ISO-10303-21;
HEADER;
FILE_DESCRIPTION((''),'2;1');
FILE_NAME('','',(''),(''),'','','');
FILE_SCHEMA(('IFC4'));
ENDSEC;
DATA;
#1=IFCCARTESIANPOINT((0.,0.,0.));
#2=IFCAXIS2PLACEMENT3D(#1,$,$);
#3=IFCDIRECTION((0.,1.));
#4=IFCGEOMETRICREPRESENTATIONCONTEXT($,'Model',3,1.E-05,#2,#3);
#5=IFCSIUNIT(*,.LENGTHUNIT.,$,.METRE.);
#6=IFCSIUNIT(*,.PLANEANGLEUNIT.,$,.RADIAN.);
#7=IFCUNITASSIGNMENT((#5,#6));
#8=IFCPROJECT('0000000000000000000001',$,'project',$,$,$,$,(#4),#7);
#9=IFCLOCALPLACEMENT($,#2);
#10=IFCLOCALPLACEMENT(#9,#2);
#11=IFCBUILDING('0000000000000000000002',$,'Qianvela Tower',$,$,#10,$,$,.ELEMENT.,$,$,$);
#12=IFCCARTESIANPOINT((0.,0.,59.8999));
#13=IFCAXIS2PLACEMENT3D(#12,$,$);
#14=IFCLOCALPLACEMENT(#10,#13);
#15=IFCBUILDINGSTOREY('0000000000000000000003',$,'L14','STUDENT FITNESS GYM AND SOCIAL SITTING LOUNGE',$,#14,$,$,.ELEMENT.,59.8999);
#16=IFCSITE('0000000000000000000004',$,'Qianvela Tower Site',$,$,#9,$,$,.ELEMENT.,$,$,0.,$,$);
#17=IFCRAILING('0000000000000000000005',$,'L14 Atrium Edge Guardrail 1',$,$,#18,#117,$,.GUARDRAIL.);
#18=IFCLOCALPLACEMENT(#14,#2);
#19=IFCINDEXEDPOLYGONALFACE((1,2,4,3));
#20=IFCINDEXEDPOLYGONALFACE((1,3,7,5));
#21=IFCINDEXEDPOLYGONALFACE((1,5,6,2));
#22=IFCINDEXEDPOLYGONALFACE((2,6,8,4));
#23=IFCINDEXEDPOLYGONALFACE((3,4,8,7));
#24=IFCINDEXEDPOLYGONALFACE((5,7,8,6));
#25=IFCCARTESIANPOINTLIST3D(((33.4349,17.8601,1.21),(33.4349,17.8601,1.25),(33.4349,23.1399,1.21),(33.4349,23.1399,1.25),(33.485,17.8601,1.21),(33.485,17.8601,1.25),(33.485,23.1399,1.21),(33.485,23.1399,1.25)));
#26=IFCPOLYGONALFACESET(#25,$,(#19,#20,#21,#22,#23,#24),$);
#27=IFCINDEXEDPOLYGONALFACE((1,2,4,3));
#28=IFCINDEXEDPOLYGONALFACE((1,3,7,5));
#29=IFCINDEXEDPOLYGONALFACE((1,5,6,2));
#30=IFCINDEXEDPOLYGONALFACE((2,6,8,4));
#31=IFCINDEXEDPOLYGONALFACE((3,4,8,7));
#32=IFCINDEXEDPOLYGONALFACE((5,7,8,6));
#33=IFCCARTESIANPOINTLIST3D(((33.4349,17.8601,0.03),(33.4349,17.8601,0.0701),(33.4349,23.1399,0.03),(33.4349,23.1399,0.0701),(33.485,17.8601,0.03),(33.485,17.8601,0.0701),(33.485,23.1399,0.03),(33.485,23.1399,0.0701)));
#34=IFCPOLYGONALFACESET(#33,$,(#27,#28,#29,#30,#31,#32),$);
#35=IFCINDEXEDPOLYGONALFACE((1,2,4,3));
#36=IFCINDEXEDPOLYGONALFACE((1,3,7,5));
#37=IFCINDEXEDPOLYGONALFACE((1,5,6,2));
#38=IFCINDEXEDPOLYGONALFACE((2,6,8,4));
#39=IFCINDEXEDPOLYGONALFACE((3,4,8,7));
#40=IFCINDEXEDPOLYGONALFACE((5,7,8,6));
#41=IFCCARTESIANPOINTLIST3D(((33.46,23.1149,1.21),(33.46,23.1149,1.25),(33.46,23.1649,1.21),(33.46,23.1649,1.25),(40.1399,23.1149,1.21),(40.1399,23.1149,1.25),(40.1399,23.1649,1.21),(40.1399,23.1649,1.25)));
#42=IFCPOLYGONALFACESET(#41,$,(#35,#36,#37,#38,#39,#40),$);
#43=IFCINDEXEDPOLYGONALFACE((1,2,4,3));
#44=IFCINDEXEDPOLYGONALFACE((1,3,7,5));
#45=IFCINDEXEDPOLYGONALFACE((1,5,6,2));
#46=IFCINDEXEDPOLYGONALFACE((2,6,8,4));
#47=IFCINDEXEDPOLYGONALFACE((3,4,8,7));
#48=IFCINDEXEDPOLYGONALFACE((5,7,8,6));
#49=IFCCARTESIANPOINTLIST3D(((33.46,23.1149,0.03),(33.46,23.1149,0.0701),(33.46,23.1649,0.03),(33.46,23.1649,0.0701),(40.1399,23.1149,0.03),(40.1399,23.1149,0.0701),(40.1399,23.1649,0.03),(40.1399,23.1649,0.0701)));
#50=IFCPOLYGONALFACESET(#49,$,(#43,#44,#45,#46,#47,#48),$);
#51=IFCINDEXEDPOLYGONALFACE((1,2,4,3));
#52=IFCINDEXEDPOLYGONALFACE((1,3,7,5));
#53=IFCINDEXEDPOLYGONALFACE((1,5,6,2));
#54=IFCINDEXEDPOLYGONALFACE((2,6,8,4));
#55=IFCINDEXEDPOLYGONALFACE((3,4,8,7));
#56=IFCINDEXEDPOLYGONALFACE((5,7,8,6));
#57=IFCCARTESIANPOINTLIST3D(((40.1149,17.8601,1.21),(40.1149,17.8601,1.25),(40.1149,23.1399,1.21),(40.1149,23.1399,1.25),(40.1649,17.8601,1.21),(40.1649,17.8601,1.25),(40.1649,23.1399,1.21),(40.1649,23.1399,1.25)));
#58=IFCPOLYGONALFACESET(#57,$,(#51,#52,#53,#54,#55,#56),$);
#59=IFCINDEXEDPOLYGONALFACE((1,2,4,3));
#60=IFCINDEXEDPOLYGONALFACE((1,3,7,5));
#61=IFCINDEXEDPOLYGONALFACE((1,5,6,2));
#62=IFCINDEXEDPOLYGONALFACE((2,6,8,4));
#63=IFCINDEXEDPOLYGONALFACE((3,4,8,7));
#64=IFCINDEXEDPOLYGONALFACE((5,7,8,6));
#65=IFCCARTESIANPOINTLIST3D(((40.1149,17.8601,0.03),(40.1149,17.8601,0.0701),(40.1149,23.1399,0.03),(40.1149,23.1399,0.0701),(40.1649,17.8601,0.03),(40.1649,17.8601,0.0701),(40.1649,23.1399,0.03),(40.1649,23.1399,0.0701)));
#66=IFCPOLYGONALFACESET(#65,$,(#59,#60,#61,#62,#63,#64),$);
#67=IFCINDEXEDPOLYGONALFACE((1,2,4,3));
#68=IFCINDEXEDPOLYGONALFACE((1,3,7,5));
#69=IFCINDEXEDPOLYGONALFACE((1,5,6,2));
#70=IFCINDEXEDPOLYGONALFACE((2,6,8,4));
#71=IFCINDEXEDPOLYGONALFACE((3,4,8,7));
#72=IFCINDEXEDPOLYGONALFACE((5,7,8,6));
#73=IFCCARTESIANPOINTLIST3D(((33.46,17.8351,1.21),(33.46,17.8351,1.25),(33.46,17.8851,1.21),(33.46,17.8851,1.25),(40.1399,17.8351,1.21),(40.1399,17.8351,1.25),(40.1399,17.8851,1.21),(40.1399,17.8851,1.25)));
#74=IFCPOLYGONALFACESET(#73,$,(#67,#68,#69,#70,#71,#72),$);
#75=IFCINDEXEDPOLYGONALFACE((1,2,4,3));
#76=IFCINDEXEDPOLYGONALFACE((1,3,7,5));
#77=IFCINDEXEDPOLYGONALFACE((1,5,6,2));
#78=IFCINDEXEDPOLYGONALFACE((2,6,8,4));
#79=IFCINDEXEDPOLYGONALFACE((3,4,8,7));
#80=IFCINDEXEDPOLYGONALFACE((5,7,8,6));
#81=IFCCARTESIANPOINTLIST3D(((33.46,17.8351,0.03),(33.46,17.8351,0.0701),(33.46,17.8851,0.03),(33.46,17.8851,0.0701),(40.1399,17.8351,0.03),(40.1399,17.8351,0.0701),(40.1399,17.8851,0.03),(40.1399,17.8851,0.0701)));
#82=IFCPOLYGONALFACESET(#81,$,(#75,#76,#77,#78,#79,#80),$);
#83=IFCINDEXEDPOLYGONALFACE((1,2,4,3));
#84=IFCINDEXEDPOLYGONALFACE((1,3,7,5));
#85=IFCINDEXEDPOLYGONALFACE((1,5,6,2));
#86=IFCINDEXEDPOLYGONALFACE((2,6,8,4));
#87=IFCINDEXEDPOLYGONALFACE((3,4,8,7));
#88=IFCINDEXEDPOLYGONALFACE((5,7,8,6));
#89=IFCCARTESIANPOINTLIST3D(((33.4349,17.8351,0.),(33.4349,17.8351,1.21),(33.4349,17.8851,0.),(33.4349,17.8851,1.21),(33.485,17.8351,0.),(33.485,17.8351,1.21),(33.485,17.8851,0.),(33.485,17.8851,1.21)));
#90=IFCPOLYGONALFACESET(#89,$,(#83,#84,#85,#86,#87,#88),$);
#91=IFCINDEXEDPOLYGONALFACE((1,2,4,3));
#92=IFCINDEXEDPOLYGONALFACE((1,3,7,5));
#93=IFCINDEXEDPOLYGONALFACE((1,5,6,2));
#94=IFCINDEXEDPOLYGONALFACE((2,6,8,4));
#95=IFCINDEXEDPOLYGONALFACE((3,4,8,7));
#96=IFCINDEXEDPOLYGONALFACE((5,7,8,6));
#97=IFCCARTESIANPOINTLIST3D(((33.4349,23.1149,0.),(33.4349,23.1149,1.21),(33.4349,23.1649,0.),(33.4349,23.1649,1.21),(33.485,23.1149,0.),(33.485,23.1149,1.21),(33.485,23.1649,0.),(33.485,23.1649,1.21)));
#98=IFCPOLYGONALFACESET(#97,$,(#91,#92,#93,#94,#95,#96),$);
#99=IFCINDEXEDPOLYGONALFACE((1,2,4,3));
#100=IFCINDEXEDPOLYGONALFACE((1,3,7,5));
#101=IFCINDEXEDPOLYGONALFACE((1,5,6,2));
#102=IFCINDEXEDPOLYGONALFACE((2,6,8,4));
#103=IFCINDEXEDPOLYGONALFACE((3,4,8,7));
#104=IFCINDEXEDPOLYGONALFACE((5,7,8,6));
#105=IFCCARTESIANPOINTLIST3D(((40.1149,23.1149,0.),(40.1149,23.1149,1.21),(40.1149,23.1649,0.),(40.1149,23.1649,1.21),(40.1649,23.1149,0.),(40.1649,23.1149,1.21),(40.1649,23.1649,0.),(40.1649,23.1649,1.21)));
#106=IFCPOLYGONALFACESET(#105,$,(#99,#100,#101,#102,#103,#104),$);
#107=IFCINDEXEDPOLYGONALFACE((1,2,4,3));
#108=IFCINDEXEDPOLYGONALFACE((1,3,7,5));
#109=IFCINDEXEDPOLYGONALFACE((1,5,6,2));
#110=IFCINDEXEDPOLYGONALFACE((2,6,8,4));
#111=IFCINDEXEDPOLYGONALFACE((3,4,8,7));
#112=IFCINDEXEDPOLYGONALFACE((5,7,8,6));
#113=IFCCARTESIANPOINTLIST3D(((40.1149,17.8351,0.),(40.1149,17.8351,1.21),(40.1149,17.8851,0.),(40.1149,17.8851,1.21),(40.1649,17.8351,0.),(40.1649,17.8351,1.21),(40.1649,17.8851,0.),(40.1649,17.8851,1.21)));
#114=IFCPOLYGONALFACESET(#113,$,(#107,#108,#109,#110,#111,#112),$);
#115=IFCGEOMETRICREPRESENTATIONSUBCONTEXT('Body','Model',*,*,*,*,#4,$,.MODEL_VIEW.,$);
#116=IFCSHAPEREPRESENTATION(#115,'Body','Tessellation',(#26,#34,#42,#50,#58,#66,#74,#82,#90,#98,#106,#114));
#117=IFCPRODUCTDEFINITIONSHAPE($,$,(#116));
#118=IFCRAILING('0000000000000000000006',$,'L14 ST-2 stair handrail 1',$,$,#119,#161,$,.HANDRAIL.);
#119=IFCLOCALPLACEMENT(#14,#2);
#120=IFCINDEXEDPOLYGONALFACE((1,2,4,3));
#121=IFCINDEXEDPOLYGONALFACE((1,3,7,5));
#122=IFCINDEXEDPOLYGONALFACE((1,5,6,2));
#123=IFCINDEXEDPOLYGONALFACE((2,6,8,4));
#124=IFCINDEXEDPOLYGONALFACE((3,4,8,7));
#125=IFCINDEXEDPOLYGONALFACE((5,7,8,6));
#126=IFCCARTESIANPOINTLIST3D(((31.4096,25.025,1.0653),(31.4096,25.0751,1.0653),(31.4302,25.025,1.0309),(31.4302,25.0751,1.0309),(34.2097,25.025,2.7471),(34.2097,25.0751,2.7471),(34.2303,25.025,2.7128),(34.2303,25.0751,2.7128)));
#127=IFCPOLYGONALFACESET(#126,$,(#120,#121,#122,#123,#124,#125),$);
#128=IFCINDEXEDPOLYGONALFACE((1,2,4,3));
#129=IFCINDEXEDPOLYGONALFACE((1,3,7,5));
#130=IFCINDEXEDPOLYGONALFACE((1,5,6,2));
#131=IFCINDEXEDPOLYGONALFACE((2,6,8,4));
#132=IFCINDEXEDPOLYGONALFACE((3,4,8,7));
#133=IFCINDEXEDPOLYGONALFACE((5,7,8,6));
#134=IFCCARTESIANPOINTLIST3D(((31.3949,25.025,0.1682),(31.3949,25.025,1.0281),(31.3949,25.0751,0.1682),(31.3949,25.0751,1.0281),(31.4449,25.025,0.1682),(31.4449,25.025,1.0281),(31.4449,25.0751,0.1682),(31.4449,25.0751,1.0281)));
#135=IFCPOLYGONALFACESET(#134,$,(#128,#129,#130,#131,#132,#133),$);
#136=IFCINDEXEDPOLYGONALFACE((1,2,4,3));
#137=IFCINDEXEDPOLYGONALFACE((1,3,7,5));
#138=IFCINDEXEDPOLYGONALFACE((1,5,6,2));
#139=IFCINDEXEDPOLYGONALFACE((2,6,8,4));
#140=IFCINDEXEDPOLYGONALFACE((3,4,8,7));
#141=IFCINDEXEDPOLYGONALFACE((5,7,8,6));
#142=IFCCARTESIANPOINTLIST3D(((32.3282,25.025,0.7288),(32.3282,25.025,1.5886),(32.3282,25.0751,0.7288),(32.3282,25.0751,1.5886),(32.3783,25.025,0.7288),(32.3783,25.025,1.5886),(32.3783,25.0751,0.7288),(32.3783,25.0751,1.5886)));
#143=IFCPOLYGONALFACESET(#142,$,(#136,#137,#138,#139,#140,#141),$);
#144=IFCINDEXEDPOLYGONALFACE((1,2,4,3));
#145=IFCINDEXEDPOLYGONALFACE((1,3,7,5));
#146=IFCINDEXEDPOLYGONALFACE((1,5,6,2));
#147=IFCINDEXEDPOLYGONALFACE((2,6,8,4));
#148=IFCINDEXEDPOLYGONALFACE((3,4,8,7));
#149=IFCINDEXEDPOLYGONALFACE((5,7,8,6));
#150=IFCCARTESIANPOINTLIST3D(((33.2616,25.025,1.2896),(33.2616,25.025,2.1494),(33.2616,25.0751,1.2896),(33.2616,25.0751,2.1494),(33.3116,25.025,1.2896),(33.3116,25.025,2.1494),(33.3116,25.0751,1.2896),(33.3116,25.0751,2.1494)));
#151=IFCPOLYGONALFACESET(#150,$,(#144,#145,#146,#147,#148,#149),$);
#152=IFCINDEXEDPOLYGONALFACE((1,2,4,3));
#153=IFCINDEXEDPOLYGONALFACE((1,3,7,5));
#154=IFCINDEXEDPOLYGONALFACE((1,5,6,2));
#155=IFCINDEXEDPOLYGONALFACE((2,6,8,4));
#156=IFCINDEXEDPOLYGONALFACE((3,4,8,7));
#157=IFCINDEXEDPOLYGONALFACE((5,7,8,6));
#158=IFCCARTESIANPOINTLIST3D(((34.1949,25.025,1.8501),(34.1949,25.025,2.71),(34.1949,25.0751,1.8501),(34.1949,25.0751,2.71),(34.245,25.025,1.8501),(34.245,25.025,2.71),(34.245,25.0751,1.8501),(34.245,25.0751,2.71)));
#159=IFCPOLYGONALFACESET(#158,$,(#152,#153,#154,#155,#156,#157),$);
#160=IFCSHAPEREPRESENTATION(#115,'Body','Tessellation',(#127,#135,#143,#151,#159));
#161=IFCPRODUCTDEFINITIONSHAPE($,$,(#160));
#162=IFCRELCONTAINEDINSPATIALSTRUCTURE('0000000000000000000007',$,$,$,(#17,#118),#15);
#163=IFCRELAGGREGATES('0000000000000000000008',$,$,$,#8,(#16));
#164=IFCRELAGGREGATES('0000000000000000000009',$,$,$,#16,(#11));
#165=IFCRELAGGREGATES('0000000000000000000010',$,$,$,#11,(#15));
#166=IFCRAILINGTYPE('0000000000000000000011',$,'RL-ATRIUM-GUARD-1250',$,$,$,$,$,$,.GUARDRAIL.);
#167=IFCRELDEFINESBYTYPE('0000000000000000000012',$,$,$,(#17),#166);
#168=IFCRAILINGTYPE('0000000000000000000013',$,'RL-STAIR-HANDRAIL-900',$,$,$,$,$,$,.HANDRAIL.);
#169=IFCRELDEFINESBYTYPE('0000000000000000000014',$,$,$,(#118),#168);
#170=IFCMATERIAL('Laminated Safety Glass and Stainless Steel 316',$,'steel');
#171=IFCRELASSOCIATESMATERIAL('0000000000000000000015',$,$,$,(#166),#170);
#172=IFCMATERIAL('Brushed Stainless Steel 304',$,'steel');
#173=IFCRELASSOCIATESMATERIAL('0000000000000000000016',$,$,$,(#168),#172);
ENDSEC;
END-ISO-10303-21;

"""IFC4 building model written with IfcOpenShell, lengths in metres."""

from ifc_helpers import new_model, si_unit, direction, frame, origin, origin_2d, place, context, subcontext, project, spatial, rectangle, extrude, material, type_object, element, save


model = new_model("IFC4")

# Units and contexts
model_context = context("Model", 3, precision=1e-05, world=origin(), true_north=direction((0.0, 1.0)))
body_context = subcontext(model_context, "Body", "Model", "MODEL_VIEW")
ifc_project = project(units=[si_unit("LENGTHUNIT", "METRE"), si_unit("PLANEANGLEUNIT", "RADIAN")], contexts=[model_context])

# Site, building, storey
site_placement = place(None, origin())
site = spatial("IfcSite", under=ifc_project, at=site_placement, Name="Qianvela Tower Site", CompositionType="ELEMENT", RefElevation=0.0)
building_placement = place(site_placement, origin())
building = spatial("IfcBuilding", under=site, at=building_placement, Name="Qianvela Tower", CompositionType="ELEMENT")
storey_placement = place(building_placement, frame((0.0, 0.0, 59.8999)))
storey = spatial("IfcBuildingStorey", under=building, at=storey_placement, Name="L14", Description="STUDENT FITNESS GYM AND SOCIAL SITTING LOUNGE", CompositionType="ELEMENT", Elevation=59.8999)

# Railings
ifc_material_1 = material(Name="Laminated Safety Glass and Stainless Steel 316", Category="steel")
railing_type_1 = type_object("IfcRailingType", Name="RL-ATRIUM-GUARD-1250", PredefinedType="GUARDRAIL", material=ifc_material_1)
railing_1_placement = place(storey_placement, frame((33.46, 17.8601, 0.0)))
element("IfcRailing", 1, at=railing_1_placement, inside=storey, type_object=railing_type_1, Name="L14 Atrium Edge Guardrail 1", PredefinedType="GUARDRAIL", context=body_context, shape_type="SweptSolid", body=[
    extrude(rectangle(XDim=0.05, YDim=0.04, at=origin_2d()), frame((0.0, 0.0, 1.23), z_axis=(0.0, 1.0, 0.0), x_axis=(-1.0, 0.0, 0.0)), (0.0, 0.0, 1.0), 5.2798),
    extrude(rectangle(XDim=0.05, YDim=0.04, at=origin_2d()), frame((0.0, 0.0, 0.05), z_axis=(0.0, 1.0, 0.0), x_axis=(-1.0, 0.0, 0.0)), (0.0, 0.0, 1.0), 5.2798),
    extrude(rectangle(XDim=0.05, YDim=0.04, at=origin_2d()), frame((0.0, 5.2798, 1.23), z_axis=(1.0, 0.0, 0.0), x_axis=(0.0, 1.0, 0.0)), (0.0, 0.0, 1.0), 6.6799),
    extrude(rectangle(XDim=0.05, YDim=0.04, at=origin_2d()), frame((0.0, 5.2798, 0.05), z_axis=(1.0, 0.0, 0.0), x_axis=(0.0, 1.0, 0.0)), (0.0, 0.0, 1.0), 6.6799),
    extrude(rectangle(XDim=0.05, YDim=0.04, at=origin_2d()), frame((6.6799, 5.2798, 1.23), z_axis=(0.0, -1.0, 0.0), x_axis=(1.0, 0.0, 0.0)), (0.0, 0.0, 1.0), 5.2798),
    extrude(rectangle(XDim=0.05, YDim=0.04, at=origin_2d()), frame((6.6799, 5.2798, 0.05), z_axis=(0.0, -1.0, 0.0), x_axis=(1.0, 0.0, 0.0)), (0.0, 0.0, 1.0), 5.2798),
    extrude(rectangle(XDim=0.05, YDim=0.04, at=origin_2d()), frame((6.6799, 0.0, 1.23), z_axis=(-1.0, 0.0, 0.0), x_axis=(0.0, -1.0, 0.0)), (0.0, 0.0, 1.0), 6.6799),
    extrude(rectangle(XDim=0.05, YDim=0.04, at=origin_2d()), frame((6.6799, 0.0, 0.05), z_axis=(-1.0, 0.0, 0.0), x_axis=(0.0, -1.0, 0.0)), (0.0, 0.0, 1.0), 6.6799),
    extrude(rectangle(XDim=0.05, YDim=0.05, at=origin_2d()), origin(), (0.0, 0.0, 1.0), 1.21),
    extrude(rectangle(XDim=0.05, YDim=0.05, at=origin_2d()), frame((0.0, 5.2798, 0.0)), (0.0, 0.0, 1.0), 1.21),
    extrude(rectangle(XDim=0.05, YDim=0.05, at=origin_2d()), frame((6.6799, 5.2798, 0.0)), (0.0, 0.0, 1.0), 1.21),
    extrude(rectangle(XDim=0.05, YDim=0.05, at=origin_2d()), frame((6.6799, 0.0, 0.0)), (0.0, 0.0, 1.0), 1.21),
])
ifc_material_2 = material(Name="Brushed Stainless Steel 304", Category="steel")
railing_type_2 = type_object("IfcRailingType", Name="RL-STAIR-HANDRAIL-900", PredefinedType="HANDRAIL", material=ifc_material_2)
railing_2_placement = place(storey_placement, frame((31.4199, 25.05, 0.1682)))
element("IfcRailing", 2, at=railing_2_placement, inside=storey, type_object=railing_type_2, Name="L14 ST-2 stair handrail 1", PredefinedType="HANDRAIL", context=body_context, shape_type="SweptSolid", body=[
    extrude(rectangle(XDim=0.05, YDim=0.04, at=origin_2d()), frame((0.0, 0.0, 0.8799), z_axis=(0.857242, 0.0, 0.514913), x_axis=(0.0, 1.0, 0.0)), (0.0, 0.0, 1.0), 3.2664),
    extrude(rectangle(XDim=0.05, YDim=0.05, at=origin_2d()), origin(), (0.0, 0.0, 1.0), 0.8599),
    extrude(rectangle(XDim=0.05, YDim=0.05, at=origin_2d()), frame((0.9333, 0.0, 0.5605)), (0.0, 0.0, 1.0), 0.8599),
    extrude(rectangle(XDim=0.05, YDim=0.05, at=origin_2d()), frame((1.8667, 0.0, 1.1213)), (0.0, 0.0, 1.0), 0.8599),
    extrude(rectangle(XDim=0.05, YDim=0.05, at=origin_2d()), frame((2.8, 0.0, 1.6819)), (0.0, 0.0, 1.0), 0.8599),
])

save(model, "model.ifc")
